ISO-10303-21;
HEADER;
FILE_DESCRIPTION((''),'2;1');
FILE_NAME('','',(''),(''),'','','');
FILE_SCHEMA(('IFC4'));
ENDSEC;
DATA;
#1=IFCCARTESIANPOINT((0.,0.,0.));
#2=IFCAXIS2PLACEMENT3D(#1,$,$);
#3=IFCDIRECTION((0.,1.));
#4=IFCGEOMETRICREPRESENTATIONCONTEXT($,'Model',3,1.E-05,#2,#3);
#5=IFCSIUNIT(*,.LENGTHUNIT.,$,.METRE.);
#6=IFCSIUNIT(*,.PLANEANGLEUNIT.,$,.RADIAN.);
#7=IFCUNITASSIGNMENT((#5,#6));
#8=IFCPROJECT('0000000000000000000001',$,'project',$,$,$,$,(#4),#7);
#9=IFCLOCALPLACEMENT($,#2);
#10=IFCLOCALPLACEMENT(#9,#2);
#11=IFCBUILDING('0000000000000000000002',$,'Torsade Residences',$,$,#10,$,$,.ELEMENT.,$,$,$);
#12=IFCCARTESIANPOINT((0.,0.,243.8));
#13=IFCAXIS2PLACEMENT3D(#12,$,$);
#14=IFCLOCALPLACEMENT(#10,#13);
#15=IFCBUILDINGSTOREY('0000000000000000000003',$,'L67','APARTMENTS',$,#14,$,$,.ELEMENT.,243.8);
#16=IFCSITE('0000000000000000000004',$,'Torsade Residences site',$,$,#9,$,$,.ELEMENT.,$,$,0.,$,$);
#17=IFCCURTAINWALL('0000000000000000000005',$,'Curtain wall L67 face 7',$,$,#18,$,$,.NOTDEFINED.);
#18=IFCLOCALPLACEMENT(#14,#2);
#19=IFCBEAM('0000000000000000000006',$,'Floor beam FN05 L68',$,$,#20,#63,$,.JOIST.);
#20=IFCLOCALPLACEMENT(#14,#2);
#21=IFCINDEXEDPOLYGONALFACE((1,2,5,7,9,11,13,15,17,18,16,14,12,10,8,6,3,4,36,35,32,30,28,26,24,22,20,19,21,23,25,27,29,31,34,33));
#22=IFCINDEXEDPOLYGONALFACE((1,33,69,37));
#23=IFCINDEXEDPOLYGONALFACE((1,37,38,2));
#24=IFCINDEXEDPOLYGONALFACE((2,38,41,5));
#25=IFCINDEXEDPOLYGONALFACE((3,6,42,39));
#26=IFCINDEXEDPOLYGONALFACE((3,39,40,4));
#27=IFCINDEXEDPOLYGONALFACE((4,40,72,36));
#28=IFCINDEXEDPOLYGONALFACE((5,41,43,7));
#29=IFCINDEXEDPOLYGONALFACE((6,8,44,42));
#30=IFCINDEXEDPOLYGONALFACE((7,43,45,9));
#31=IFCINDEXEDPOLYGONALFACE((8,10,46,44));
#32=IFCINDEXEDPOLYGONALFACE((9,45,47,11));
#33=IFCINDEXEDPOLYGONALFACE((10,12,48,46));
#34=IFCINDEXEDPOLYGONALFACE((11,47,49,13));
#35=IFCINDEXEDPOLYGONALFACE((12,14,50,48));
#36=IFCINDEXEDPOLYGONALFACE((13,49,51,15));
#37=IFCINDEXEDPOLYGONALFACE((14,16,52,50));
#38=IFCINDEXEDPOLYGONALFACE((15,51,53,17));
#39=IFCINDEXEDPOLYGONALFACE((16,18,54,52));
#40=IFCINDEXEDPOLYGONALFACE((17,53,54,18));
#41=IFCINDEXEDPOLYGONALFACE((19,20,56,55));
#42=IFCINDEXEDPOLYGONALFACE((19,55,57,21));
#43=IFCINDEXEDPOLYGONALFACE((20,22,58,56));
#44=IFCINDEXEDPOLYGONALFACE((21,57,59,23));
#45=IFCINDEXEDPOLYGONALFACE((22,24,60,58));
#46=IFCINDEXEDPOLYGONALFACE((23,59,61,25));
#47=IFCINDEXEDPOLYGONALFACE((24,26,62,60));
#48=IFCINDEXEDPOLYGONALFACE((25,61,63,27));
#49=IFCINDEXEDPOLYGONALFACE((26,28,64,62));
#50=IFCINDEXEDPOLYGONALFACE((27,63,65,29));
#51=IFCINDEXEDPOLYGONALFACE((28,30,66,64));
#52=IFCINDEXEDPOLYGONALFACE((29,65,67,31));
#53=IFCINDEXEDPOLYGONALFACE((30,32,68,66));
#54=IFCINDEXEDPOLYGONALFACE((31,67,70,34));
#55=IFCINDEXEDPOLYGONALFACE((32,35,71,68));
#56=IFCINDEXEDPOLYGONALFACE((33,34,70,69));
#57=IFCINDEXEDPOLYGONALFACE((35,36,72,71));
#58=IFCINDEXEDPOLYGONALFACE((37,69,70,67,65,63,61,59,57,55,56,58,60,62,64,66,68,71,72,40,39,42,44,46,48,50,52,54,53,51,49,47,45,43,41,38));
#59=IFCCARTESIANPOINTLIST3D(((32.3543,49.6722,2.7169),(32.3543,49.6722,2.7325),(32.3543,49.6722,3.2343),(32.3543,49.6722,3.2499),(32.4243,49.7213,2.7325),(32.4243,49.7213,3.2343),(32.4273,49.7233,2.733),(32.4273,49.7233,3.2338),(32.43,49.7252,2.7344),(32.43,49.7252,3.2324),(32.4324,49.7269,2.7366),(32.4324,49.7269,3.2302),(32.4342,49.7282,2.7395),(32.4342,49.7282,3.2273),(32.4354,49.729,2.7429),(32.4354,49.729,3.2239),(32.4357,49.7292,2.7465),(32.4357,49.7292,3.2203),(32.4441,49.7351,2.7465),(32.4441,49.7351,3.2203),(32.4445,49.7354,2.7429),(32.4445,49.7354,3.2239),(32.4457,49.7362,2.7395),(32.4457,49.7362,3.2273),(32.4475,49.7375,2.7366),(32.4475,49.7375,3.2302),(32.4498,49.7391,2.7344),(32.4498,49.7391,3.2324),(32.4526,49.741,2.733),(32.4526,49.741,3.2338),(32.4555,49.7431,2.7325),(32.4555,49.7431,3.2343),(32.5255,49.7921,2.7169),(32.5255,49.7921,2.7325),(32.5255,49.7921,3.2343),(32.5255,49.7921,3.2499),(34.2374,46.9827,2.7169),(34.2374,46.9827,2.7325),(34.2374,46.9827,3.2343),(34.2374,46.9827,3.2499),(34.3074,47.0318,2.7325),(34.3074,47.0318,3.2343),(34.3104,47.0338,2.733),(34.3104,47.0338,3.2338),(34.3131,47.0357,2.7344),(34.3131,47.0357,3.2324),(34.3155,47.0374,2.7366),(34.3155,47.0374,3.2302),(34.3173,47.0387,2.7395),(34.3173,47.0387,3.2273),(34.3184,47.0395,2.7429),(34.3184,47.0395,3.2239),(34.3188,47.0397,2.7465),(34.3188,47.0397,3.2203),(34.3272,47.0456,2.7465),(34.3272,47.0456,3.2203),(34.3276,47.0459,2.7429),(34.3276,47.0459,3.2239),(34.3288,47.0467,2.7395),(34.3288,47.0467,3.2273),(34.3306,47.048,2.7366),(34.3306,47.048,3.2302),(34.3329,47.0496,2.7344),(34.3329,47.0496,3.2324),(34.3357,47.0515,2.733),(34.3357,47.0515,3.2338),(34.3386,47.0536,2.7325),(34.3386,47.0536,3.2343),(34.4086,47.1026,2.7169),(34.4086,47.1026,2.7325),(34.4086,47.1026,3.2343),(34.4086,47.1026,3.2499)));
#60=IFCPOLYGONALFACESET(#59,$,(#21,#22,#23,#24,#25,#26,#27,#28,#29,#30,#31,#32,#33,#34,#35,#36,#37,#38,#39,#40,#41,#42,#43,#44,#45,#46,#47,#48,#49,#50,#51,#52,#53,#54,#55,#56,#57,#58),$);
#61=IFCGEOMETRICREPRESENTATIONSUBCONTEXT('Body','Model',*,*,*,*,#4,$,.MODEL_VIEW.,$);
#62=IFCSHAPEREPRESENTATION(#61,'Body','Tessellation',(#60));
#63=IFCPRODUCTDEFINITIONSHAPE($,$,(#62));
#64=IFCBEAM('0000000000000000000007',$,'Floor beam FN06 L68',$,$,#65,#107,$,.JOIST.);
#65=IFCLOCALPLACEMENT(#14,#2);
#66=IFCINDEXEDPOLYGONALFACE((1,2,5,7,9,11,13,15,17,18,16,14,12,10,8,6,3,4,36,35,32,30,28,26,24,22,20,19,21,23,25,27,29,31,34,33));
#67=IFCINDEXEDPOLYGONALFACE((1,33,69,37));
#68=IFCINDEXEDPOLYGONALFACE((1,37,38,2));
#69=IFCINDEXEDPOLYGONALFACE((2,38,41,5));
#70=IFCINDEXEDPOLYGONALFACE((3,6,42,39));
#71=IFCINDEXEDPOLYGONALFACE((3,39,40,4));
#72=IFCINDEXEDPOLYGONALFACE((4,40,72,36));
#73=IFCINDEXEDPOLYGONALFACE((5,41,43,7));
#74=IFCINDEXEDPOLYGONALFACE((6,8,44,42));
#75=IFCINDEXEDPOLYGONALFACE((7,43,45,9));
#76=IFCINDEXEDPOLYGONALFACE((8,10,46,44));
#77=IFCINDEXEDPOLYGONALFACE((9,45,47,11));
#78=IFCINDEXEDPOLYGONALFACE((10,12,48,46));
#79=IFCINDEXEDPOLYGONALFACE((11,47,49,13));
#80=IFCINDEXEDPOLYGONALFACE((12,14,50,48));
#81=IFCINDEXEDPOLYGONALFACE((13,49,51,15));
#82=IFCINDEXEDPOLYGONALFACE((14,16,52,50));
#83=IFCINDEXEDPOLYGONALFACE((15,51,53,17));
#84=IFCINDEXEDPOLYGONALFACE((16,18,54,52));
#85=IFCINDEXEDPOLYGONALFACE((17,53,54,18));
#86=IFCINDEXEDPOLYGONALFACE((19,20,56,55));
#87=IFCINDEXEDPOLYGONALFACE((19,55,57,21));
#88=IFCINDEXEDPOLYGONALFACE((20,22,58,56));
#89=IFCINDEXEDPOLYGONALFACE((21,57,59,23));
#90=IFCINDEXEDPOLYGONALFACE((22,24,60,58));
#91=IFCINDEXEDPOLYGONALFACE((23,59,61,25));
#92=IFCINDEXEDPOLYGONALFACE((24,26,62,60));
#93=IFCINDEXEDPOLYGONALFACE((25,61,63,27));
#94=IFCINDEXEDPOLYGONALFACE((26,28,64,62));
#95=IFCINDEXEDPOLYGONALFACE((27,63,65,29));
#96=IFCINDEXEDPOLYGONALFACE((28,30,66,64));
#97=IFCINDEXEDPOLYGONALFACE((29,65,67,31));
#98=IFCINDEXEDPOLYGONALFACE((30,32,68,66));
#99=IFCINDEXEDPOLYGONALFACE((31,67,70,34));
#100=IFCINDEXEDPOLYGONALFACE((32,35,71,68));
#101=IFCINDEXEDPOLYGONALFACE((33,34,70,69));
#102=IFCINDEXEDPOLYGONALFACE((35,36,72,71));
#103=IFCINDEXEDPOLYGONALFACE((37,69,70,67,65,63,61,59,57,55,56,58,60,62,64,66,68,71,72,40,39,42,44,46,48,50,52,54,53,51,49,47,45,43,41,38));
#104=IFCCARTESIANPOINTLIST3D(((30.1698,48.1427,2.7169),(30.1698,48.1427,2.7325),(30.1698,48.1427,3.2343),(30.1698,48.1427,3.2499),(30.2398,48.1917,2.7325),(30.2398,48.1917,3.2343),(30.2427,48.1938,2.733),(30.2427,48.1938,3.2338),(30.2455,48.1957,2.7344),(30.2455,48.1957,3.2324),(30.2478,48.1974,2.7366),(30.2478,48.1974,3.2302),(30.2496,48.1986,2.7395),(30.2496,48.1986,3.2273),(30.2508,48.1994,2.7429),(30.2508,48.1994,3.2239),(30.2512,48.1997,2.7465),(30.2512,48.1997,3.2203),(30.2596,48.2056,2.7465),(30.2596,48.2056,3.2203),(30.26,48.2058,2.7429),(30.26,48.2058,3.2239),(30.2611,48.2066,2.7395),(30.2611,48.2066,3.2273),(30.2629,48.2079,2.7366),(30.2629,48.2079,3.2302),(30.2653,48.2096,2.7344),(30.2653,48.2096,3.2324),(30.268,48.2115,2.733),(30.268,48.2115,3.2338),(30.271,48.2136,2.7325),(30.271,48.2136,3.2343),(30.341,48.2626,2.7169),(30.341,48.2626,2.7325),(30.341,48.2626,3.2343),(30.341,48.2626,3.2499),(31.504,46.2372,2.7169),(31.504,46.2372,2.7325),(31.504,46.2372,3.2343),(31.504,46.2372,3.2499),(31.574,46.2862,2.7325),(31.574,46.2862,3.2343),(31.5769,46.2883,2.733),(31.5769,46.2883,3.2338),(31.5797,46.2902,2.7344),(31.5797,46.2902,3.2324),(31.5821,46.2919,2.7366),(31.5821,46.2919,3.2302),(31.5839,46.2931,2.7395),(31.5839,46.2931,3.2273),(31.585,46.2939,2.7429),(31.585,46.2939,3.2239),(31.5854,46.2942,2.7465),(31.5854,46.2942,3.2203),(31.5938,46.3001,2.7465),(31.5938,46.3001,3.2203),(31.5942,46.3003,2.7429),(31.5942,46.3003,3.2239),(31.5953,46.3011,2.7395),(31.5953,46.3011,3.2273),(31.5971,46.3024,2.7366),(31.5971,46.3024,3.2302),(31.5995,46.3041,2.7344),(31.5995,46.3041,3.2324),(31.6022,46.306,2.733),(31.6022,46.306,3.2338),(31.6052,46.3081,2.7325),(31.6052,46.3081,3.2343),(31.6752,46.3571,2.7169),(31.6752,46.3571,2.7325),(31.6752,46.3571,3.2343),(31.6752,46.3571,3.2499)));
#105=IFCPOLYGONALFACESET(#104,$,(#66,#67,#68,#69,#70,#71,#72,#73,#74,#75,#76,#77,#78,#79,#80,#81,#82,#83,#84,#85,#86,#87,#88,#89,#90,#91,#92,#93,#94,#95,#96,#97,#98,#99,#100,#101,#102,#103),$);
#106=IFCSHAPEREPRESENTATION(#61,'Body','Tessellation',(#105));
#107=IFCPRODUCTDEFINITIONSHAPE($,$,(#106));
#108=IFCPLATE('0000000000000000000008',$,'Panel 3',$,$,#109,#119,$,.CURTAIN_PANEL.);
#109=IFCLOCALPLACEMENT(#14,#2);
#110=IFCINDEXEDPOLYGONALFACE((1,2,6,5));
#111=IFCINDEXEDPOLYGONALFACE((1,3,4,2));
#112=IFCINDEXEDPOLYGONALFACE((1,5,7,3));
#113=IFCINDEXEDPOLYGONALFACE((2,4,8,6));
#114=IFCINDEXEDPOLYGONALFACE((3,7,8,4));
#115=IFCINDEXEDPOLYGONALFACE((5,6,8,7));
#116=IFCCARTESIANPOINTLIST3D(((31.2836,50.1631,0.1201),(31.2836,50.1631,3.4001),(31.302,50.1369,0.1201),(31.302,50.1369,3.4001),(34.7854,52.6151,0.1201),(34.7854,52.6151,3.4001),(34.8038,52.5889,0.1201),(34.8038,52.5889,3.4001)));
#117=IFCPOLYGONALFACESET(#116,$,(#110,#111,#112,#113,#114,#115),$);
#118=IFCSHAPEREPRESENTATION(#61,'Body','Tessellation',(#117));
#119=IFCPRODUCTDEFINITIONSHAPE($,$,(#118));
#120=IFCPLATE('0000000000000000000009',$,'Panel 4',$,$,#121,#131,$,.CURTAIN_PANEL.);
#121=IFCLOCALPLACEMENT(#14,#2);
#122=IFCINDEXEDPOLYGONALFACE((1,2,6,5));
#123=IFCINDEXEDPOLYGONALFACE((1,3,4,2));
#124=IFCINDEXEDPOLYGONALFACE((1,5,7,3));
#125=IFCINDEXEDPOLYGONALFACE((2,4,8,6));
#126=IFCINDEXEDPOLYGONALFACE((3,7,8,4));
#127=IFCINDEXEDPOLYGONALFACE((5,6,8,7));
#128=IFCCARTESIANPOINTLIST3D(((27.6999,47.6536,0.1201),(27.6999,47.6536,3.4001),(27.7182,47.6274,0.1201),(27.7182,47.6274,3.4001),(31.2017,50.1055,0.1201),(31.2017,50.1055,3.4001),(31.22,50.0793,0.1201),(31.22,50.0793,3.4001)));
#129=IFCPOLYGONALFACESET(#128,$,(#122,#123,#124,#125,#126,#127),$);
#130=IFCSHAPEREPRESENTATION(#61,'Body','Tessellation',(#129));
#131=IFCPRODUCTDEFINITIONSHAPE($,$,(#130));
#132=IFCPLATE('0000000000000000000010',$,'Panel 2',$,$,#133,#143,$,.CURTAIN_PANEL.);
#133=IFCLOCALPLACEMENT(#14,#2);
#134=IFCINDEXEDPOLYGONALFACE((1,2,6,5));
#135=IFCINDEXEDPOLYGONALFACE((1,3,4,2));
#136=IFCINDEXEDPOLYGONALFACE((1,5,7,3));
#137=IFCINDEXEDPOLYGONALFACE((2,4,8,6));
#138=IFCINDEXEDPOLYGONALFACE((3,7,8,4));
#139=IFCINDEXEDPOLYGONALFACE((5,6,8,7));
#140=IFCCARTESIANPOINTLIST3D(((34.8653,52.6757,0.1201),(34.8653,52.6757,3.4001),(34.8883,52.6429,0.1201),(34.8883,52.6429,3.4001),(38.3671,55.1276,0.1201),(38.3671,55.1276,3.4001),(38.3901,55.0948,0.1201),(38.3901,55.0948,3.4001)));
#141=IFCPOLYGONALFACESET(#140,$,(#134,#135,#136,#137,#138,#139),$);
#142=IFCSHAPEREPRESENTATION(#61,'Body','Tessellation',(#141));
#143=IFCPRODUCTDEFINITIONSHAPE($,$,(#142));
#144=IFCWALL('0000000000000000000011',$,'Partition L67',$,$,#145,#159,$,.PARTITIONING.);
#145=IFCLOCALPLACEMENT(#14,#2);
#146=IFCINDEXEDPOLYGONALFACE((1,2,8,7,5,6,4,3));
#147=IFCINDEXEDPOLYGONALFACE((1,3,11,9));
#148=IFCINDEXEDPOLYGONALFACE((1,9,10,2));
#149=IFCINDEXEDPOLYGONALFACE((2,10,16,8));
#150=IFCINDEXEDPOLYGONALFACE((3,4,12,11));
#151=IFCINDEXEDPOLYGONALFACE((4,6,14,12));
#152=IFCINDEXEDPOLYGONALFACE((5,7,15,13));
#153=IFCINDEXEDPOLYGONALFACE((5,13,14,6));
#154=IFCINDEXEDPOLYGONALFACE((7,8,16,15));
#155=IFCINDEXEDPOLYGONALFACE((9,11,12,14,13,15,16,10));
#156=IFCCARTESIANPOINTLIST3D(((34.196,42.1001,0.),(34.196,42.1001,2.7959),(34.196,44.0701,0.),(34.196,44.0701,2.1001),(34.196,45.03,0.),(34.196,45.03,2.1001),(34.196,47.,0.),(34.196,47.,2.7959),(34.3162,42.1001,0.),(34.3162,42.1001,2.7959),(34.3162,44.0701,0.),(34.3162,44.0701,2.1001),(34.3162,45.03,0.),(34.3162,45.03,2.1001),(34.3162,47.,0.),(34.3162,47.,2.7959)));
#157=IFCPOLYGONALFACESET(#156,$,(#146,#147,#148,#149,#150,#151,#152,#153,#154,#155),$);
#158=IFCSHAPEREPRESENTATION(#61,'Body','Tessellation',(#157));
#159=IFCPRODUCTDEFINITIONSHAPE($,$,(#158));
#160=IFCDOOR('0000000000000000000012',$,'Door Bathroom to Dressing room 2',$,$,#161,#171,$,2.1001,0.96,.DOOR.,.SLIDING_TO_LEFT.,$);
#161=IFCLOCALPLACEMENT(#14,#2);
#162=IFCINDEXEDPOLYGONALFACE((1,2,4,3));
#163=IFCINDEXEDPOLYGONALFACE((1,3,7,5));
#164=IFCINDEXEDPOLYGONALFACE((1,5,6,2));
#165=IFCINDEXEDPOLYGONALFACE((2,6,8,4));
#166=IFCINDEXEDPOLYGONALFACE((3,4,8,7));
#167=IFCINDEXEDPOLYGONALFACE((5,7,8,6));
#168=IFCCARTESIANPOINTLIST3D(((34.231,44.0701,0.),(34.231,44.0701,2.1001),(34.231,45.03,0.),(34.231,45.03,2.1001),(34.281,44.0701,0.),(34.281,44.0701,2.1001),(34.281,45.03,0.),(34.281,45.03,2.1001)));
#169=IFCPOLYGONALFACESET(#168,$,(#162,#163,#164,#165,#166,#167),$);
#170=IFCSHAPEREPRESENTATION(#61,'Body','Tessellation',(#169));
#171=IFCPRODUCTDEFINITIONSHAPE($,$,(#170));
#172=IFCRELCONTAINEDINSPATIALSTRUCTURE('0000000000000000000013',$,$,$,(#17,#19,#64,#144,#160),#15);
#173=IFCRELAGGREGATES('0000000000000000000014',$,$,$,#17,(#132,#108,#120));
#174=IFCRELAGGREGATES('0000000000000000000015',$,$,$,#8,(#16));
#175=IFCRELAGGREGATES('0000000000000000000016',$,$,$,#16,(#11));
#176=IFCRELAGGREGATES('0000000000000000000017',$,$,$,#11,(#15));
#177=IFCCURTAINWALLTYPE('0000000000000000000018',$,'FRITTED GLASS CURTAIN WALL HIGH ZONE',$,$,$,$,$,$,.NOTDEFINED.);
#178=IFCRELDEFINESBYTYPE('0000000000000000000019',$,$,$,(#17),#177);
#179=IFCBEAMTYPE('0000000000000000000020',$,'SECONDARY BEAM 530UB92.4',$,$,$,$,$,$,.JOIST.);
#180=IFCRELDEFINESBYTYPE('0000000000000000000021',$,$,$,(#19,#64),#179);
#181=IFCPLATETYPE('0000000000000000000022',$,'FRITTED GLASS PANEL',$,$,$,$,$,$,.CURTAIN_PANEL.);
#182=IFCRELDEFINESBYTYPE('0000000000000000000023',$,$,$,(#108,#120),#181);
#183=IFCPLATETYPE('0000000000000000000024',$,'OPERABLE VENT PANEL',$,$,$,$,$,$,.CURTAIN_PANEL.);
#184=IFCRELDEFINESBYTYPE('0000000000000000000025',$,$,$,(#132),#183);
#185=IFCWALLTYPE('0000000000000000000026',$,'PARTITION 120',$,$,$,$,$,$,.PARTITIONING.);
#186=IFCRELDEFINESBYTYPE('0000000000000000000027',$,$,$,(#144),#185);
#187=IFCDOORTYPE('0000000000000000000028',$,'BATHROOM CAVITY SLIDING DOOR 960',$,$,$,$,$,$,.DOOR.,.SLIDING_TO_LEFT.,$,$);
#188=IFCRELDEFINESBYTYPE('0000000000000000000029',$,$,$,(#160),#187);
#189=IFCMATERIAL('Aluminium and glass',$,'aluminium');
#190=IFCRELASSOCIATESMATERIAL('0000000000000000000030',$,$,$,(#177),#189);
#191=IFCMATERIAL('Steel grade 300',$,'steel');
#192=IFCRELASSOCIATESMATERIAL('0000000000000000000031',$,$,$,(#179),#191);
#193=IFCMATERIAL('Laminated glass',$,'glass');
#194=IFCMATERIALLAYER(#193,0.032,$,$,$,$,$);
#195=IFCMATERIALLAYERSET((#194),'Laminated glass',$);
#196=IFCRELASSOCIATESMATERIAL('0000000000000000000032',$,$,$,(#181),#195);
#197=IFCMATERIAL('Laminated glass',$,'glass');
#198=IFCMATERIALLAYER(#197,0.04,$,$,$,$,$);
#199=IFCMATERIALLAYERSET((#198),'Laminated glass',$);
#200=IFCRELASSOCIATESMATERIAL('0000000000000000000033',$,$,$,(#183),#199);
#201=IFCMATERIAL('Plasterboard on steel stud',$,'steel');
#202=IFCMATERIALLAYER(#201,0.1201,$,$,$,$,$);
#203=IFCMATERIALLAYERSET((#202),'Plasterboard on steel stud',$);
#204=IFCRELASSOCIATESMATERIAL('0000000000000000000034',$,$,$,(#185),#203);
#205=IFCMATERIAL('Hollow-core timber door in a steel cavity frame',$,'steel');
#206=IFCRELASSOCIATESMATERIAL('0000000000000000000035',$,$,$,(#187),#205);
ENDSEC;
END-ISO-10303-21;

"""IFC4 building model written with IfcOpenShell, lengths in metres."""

from ifc_helpers import new_model, si_unit, direction, frame, frame_2d, origin, origin_2d, place, context, subcontext, project, spatial, rectangle, i_section, extrude, material, layer, layer_set, material_profile, profile_set, type_object, element, fill, aggregate, save


model = new_model("IFC4")

# Units and contexts
model_context = context("Model", 3, precision=1e-05, world=origin(), true_north=direction((0.0, 1.0)))
body_context = subcontext(model_context, "Body", "Model", "MODEL_VIEW")
ifc_project = project(units=[si_unit("LENGTHUNIT", "METRE"), si_unit("PLANEANGLEUNIT", "RADIAN")], contexts=[model_context])

# Site, building, storey
site_placement = place(None, origin())
site = spatial("IfcSite", under=ifc_project, at=site_placement, Name="Torsade Residences site", CompositionType="ELEMENT", RefElevation=0.0)
building_placement = place(site_placement, origin())
building = spatial("IfcBuilding", under=site, at=building_placement, Name="Torsade Residences", CompositionType="ELEMENT")
storey_placement = place(building_placement, frame((0.0, 0.0, 243.8)))
storey = spatial("IfcBuildingStorey", under=building, at=storey_placement, Name="L67", Description="APARTMENTS", CompositionType="ELEMENT", Elevation=243.8)

# Curtain wall
ifc_material_1 = material(Name="Aluminium and glass", Category="aluminium")
curtain_wall_type = type_object("IfcCurtainWallType", Name="FRITTED GLASS CURTAIN WALL HIGH ZONE", PredefinedType="NOTDEFINED", material=ifc_material_1)
curtain_wall_placement = place(storey_placement, origin())
curtain_wall = element("IfcCurtainWall", 1, at=curtain_wall_placement, inside=storey, type_object=curtain_wall_type, Name="Curtain wall L67 face 7", PredefinedType="NOTDEFINED")

# Beams
ifc_material_2 = material(Name="Steel grade 300", Category="steel")
ifc_material_profile_1 = material_profile(ifc_material_2, i_section(OverallWidth=0.209, OverallDepth=0.533, WebThickness=0.0103, FlangeThickness=0.0156, FilletRadius=0.0139, at=origin_2d()), Name="530UB92.4")
ifc_profile_set_1 = profile_set([ifc_material_profile_1], Name="Steel grade 300")
beam_type_1 = type_object("IfcBeamType", Name="SECONDARY BEAM 530UB92.4", PredefinedType="JOIST", material=ifc_profile_set_1)
beam_1_placement = place(storey_placement, frame((32.4399, 49.7322, 2.9834), z_axis=(0.573552, -0.819169, 0.0), x_axis=(0.819169, 0.573552, 0.0)))
element("IfcBeam", 2, at=beam_1_placement, inside=storey, type_object=beam_type_1, Name="Floor beam FN05 L68", PredefinedType="JOIST", context=body_context, shape_type="SweptSolid", body=[
    extrude(i_section(OverallWidth=0.209, OverallDepth=0.533, WebThickness=0.0103, FlangeThickness=0.0156, FilletRadius=0.0139, at=origin_2d()), origin(), (0.0, 0.0, 1.0), 3.2832),
])
beam_2_placement = place(storey_placement, frame((30.2554, 48.2026, 2.9834), z_axis=(0.573568, -0.819158, 0.0), x_axis=(0.819158, 0.573568, 0.0)))
element("IfcBeam", 3, at=beam_2_placement, inside=storey, type_object=beam_type_1, Name="Floor beam FN06 L68", PredefinedType="JOIST", context=body_context, shape_type="SweptSolid", body=[
    extrude(i_section(OverallWidth=0.209, OverallDepth=0.533, WebThickness=0.0103, FlangeThickness=0.0156, FilletRadius=0.0139, at=origin_2d()), origin(), (0.0, 0.0, 1.0), 2.3262),
])

# Plates
ifc_material_3 = material(Name="Laminated glass", Category="glass")
ifc_layer_1 = layer(ifc_material_3, 0.032)
ifc_layer_set_1 = layer_set([ifc_layer_1], Name="Laminated glass")
plate_type_1 = type_object("IfcPlateType", Name="FRITTED GLASS PANEL", PredefinedType="CURTAIN_PANEL", material=ifc_layer_set_1)
plate_1_placement = place(storey_placement, frame((33.0437, 51.376, 0.1201), z_axis=(0.0, 0.0, 1.0), x_axis=(-0.819152, -0.573576, 0.0)))
plate_1 = element("IfcPlate", 4, at=plate_1_placement, type_object=plate_type_1, Name="Panel 3", PredefinedType="CURTAIN_PANEL", context=body_context, shape_type="SweptSolid", body=[
    extrude(rectangle(XDim=4.2749, YDim=0.032, at=origin_2d()), origin(), (0.0, 0.0, 1.0), 3.28),
])
plate_2_placement = place(storey_placement, frame((29.46, 48.8665, 0.1201), z_axis=(0.0, 0.0, 1.0), x_axis=(-0.819152, -0.573576, 0.0)))
plate_2 = element("IfcPlate", 5, at=plate_2_placement, type_object=plate_type_1, Name="Panel 4", PredefinedType="CURTAIN_PANEL", context=body_context, shape_type="SweptSolid", body=[
    extrude(rectangle(XDim=4.2749, YDim=0.032, at=origin_2d()), origin(), (0.0, 0.0, 1.0), 3.28),
])
ifc_material_4 = material(Name="Laminated glass", Category="glass")
ifc_layer_2 = layer(ifc_material_4, 0.04)
ifc_layer_set_2 = layer_set([ifc_layer_2], Name="Laminated glass")
plate_type_2 = type_object("IfcPlateType", Name="OPERABLE VENT PANEL", PredefinedType="CURTAIN_PANEL", material=ifc_layer_set_2)
plate_3_placement = place(storey_placement, frame((36.6277, 53.8853, 0.1201), z_axis=(0.0, 0.0, 1.0), x_axis=(-0.819152, -0.573576, 0.0)))
plate_3 = element("IfcPlate", 6, at=plate_3_placement, type_object=plate_type_2, Name="Panel 2", PredefinedType="CURTAIN_PANEL", context=body_context, shape_type="SweptSolid", body=[
    extrude(rectangle(XDim=4.2749, YDim=0.04, at=origin_2d()), origin(), (0.0, 0.0, 1.0), 3.28),
])
aggregate(curtain_wall, [plate_3, plate_1, plate_2])

# Wall, opening, door
ifc_material_5 = material(Name="Plasterboard on steel stud", Category="steel")
ifc_layer_3 = layer(ifc_material_5, 0.1201)
ifc_layer_set_3 = layer_set([ifc_layer_3], Name="Plasterboard on steel stud")
wall_type_1 = type_object("IfcWallType", Name="PARTITION 120", PredefinedType="PARTITIONING", material=ifc_layer_set_3)
wall_1_placement = place(storey_placement, frame((34.2561, 47.0, 0.0), z_axis=(0.0, 0.0, 1.0), x_axis=(0.0, -1.0, 0.0)))
wall_1 = element("IfcWall", 7, at=wall_1_placement, inside=storey, type_object=wall_type_1, Name="Partition L67", PredefinedType="PARTITIONING", context=body_context, shape_type="SweptSolid", body=[
    extrude(rectangle(XDim=4.8999, YDim=0.1201, at=frame_2d((2.45, 0.0))), origin(), (0.0, 0.0, 1.0), 2.7959),
])
opening_1_placement = place(wall_1_placement, frame((1.97, 0.0, 0.0)))
opening_1 = element("IfcOpeningElement", 8, at=opening_1_placement, cuts=wall_1, PredefinedType="OPENING", context=body_context, shape_type="SweptSolid", body=[
    extrude(rectangle(XDim=0.96, YDim=2.1001, at=frame_2d((0.48, 1.05))), frame((0.0, 0.0701, 0.0), z_axis=(0.0, -1.0, 0.0), x_axis=(1.0, 0.0, 0.0)), (0.0, 0.0, 1.0), 0.1401),
])
ifc_material_6 = material(Name="Hollow-core timber door in a steel cavity frame", Category="steel")
door_type_1 = type_object("IfcDoorType", Name="BATHROOM CAVITY SLIDING DOOR 960", OperationType="SLIDING_TO_LEFT", PredefinedType="DOOR", material=ifc_material_6)
door_1_placement = place(opening_1_placement, origin())
door_1 = element("IfcDoor", 9, at=door_1_placement, inside=storey, type_object=door_type_1, Name="Door Bathroom to Dressing room 2", OperationType="SLIDING_TO_LEFT", OverallHeight=2.1001, OverallWidth=0.96, PredefinedType="DOOR", context=body_context, shape_type="SweptSolid", body=[
    extrude(rectangle(XDim=0.96, YDim=2.1001, at=frame_2d((0.48, 1.05))), frame((0.0, 0.0249, 0.0), z_axis=(0.0, -1.0, 0.0), x_axis=(1.0, 0.0, 0.0)), (0.0, 0.0, 1.0), 0.05),
])
fill(opening_1, door_1)

save(model, "model.ifc")
